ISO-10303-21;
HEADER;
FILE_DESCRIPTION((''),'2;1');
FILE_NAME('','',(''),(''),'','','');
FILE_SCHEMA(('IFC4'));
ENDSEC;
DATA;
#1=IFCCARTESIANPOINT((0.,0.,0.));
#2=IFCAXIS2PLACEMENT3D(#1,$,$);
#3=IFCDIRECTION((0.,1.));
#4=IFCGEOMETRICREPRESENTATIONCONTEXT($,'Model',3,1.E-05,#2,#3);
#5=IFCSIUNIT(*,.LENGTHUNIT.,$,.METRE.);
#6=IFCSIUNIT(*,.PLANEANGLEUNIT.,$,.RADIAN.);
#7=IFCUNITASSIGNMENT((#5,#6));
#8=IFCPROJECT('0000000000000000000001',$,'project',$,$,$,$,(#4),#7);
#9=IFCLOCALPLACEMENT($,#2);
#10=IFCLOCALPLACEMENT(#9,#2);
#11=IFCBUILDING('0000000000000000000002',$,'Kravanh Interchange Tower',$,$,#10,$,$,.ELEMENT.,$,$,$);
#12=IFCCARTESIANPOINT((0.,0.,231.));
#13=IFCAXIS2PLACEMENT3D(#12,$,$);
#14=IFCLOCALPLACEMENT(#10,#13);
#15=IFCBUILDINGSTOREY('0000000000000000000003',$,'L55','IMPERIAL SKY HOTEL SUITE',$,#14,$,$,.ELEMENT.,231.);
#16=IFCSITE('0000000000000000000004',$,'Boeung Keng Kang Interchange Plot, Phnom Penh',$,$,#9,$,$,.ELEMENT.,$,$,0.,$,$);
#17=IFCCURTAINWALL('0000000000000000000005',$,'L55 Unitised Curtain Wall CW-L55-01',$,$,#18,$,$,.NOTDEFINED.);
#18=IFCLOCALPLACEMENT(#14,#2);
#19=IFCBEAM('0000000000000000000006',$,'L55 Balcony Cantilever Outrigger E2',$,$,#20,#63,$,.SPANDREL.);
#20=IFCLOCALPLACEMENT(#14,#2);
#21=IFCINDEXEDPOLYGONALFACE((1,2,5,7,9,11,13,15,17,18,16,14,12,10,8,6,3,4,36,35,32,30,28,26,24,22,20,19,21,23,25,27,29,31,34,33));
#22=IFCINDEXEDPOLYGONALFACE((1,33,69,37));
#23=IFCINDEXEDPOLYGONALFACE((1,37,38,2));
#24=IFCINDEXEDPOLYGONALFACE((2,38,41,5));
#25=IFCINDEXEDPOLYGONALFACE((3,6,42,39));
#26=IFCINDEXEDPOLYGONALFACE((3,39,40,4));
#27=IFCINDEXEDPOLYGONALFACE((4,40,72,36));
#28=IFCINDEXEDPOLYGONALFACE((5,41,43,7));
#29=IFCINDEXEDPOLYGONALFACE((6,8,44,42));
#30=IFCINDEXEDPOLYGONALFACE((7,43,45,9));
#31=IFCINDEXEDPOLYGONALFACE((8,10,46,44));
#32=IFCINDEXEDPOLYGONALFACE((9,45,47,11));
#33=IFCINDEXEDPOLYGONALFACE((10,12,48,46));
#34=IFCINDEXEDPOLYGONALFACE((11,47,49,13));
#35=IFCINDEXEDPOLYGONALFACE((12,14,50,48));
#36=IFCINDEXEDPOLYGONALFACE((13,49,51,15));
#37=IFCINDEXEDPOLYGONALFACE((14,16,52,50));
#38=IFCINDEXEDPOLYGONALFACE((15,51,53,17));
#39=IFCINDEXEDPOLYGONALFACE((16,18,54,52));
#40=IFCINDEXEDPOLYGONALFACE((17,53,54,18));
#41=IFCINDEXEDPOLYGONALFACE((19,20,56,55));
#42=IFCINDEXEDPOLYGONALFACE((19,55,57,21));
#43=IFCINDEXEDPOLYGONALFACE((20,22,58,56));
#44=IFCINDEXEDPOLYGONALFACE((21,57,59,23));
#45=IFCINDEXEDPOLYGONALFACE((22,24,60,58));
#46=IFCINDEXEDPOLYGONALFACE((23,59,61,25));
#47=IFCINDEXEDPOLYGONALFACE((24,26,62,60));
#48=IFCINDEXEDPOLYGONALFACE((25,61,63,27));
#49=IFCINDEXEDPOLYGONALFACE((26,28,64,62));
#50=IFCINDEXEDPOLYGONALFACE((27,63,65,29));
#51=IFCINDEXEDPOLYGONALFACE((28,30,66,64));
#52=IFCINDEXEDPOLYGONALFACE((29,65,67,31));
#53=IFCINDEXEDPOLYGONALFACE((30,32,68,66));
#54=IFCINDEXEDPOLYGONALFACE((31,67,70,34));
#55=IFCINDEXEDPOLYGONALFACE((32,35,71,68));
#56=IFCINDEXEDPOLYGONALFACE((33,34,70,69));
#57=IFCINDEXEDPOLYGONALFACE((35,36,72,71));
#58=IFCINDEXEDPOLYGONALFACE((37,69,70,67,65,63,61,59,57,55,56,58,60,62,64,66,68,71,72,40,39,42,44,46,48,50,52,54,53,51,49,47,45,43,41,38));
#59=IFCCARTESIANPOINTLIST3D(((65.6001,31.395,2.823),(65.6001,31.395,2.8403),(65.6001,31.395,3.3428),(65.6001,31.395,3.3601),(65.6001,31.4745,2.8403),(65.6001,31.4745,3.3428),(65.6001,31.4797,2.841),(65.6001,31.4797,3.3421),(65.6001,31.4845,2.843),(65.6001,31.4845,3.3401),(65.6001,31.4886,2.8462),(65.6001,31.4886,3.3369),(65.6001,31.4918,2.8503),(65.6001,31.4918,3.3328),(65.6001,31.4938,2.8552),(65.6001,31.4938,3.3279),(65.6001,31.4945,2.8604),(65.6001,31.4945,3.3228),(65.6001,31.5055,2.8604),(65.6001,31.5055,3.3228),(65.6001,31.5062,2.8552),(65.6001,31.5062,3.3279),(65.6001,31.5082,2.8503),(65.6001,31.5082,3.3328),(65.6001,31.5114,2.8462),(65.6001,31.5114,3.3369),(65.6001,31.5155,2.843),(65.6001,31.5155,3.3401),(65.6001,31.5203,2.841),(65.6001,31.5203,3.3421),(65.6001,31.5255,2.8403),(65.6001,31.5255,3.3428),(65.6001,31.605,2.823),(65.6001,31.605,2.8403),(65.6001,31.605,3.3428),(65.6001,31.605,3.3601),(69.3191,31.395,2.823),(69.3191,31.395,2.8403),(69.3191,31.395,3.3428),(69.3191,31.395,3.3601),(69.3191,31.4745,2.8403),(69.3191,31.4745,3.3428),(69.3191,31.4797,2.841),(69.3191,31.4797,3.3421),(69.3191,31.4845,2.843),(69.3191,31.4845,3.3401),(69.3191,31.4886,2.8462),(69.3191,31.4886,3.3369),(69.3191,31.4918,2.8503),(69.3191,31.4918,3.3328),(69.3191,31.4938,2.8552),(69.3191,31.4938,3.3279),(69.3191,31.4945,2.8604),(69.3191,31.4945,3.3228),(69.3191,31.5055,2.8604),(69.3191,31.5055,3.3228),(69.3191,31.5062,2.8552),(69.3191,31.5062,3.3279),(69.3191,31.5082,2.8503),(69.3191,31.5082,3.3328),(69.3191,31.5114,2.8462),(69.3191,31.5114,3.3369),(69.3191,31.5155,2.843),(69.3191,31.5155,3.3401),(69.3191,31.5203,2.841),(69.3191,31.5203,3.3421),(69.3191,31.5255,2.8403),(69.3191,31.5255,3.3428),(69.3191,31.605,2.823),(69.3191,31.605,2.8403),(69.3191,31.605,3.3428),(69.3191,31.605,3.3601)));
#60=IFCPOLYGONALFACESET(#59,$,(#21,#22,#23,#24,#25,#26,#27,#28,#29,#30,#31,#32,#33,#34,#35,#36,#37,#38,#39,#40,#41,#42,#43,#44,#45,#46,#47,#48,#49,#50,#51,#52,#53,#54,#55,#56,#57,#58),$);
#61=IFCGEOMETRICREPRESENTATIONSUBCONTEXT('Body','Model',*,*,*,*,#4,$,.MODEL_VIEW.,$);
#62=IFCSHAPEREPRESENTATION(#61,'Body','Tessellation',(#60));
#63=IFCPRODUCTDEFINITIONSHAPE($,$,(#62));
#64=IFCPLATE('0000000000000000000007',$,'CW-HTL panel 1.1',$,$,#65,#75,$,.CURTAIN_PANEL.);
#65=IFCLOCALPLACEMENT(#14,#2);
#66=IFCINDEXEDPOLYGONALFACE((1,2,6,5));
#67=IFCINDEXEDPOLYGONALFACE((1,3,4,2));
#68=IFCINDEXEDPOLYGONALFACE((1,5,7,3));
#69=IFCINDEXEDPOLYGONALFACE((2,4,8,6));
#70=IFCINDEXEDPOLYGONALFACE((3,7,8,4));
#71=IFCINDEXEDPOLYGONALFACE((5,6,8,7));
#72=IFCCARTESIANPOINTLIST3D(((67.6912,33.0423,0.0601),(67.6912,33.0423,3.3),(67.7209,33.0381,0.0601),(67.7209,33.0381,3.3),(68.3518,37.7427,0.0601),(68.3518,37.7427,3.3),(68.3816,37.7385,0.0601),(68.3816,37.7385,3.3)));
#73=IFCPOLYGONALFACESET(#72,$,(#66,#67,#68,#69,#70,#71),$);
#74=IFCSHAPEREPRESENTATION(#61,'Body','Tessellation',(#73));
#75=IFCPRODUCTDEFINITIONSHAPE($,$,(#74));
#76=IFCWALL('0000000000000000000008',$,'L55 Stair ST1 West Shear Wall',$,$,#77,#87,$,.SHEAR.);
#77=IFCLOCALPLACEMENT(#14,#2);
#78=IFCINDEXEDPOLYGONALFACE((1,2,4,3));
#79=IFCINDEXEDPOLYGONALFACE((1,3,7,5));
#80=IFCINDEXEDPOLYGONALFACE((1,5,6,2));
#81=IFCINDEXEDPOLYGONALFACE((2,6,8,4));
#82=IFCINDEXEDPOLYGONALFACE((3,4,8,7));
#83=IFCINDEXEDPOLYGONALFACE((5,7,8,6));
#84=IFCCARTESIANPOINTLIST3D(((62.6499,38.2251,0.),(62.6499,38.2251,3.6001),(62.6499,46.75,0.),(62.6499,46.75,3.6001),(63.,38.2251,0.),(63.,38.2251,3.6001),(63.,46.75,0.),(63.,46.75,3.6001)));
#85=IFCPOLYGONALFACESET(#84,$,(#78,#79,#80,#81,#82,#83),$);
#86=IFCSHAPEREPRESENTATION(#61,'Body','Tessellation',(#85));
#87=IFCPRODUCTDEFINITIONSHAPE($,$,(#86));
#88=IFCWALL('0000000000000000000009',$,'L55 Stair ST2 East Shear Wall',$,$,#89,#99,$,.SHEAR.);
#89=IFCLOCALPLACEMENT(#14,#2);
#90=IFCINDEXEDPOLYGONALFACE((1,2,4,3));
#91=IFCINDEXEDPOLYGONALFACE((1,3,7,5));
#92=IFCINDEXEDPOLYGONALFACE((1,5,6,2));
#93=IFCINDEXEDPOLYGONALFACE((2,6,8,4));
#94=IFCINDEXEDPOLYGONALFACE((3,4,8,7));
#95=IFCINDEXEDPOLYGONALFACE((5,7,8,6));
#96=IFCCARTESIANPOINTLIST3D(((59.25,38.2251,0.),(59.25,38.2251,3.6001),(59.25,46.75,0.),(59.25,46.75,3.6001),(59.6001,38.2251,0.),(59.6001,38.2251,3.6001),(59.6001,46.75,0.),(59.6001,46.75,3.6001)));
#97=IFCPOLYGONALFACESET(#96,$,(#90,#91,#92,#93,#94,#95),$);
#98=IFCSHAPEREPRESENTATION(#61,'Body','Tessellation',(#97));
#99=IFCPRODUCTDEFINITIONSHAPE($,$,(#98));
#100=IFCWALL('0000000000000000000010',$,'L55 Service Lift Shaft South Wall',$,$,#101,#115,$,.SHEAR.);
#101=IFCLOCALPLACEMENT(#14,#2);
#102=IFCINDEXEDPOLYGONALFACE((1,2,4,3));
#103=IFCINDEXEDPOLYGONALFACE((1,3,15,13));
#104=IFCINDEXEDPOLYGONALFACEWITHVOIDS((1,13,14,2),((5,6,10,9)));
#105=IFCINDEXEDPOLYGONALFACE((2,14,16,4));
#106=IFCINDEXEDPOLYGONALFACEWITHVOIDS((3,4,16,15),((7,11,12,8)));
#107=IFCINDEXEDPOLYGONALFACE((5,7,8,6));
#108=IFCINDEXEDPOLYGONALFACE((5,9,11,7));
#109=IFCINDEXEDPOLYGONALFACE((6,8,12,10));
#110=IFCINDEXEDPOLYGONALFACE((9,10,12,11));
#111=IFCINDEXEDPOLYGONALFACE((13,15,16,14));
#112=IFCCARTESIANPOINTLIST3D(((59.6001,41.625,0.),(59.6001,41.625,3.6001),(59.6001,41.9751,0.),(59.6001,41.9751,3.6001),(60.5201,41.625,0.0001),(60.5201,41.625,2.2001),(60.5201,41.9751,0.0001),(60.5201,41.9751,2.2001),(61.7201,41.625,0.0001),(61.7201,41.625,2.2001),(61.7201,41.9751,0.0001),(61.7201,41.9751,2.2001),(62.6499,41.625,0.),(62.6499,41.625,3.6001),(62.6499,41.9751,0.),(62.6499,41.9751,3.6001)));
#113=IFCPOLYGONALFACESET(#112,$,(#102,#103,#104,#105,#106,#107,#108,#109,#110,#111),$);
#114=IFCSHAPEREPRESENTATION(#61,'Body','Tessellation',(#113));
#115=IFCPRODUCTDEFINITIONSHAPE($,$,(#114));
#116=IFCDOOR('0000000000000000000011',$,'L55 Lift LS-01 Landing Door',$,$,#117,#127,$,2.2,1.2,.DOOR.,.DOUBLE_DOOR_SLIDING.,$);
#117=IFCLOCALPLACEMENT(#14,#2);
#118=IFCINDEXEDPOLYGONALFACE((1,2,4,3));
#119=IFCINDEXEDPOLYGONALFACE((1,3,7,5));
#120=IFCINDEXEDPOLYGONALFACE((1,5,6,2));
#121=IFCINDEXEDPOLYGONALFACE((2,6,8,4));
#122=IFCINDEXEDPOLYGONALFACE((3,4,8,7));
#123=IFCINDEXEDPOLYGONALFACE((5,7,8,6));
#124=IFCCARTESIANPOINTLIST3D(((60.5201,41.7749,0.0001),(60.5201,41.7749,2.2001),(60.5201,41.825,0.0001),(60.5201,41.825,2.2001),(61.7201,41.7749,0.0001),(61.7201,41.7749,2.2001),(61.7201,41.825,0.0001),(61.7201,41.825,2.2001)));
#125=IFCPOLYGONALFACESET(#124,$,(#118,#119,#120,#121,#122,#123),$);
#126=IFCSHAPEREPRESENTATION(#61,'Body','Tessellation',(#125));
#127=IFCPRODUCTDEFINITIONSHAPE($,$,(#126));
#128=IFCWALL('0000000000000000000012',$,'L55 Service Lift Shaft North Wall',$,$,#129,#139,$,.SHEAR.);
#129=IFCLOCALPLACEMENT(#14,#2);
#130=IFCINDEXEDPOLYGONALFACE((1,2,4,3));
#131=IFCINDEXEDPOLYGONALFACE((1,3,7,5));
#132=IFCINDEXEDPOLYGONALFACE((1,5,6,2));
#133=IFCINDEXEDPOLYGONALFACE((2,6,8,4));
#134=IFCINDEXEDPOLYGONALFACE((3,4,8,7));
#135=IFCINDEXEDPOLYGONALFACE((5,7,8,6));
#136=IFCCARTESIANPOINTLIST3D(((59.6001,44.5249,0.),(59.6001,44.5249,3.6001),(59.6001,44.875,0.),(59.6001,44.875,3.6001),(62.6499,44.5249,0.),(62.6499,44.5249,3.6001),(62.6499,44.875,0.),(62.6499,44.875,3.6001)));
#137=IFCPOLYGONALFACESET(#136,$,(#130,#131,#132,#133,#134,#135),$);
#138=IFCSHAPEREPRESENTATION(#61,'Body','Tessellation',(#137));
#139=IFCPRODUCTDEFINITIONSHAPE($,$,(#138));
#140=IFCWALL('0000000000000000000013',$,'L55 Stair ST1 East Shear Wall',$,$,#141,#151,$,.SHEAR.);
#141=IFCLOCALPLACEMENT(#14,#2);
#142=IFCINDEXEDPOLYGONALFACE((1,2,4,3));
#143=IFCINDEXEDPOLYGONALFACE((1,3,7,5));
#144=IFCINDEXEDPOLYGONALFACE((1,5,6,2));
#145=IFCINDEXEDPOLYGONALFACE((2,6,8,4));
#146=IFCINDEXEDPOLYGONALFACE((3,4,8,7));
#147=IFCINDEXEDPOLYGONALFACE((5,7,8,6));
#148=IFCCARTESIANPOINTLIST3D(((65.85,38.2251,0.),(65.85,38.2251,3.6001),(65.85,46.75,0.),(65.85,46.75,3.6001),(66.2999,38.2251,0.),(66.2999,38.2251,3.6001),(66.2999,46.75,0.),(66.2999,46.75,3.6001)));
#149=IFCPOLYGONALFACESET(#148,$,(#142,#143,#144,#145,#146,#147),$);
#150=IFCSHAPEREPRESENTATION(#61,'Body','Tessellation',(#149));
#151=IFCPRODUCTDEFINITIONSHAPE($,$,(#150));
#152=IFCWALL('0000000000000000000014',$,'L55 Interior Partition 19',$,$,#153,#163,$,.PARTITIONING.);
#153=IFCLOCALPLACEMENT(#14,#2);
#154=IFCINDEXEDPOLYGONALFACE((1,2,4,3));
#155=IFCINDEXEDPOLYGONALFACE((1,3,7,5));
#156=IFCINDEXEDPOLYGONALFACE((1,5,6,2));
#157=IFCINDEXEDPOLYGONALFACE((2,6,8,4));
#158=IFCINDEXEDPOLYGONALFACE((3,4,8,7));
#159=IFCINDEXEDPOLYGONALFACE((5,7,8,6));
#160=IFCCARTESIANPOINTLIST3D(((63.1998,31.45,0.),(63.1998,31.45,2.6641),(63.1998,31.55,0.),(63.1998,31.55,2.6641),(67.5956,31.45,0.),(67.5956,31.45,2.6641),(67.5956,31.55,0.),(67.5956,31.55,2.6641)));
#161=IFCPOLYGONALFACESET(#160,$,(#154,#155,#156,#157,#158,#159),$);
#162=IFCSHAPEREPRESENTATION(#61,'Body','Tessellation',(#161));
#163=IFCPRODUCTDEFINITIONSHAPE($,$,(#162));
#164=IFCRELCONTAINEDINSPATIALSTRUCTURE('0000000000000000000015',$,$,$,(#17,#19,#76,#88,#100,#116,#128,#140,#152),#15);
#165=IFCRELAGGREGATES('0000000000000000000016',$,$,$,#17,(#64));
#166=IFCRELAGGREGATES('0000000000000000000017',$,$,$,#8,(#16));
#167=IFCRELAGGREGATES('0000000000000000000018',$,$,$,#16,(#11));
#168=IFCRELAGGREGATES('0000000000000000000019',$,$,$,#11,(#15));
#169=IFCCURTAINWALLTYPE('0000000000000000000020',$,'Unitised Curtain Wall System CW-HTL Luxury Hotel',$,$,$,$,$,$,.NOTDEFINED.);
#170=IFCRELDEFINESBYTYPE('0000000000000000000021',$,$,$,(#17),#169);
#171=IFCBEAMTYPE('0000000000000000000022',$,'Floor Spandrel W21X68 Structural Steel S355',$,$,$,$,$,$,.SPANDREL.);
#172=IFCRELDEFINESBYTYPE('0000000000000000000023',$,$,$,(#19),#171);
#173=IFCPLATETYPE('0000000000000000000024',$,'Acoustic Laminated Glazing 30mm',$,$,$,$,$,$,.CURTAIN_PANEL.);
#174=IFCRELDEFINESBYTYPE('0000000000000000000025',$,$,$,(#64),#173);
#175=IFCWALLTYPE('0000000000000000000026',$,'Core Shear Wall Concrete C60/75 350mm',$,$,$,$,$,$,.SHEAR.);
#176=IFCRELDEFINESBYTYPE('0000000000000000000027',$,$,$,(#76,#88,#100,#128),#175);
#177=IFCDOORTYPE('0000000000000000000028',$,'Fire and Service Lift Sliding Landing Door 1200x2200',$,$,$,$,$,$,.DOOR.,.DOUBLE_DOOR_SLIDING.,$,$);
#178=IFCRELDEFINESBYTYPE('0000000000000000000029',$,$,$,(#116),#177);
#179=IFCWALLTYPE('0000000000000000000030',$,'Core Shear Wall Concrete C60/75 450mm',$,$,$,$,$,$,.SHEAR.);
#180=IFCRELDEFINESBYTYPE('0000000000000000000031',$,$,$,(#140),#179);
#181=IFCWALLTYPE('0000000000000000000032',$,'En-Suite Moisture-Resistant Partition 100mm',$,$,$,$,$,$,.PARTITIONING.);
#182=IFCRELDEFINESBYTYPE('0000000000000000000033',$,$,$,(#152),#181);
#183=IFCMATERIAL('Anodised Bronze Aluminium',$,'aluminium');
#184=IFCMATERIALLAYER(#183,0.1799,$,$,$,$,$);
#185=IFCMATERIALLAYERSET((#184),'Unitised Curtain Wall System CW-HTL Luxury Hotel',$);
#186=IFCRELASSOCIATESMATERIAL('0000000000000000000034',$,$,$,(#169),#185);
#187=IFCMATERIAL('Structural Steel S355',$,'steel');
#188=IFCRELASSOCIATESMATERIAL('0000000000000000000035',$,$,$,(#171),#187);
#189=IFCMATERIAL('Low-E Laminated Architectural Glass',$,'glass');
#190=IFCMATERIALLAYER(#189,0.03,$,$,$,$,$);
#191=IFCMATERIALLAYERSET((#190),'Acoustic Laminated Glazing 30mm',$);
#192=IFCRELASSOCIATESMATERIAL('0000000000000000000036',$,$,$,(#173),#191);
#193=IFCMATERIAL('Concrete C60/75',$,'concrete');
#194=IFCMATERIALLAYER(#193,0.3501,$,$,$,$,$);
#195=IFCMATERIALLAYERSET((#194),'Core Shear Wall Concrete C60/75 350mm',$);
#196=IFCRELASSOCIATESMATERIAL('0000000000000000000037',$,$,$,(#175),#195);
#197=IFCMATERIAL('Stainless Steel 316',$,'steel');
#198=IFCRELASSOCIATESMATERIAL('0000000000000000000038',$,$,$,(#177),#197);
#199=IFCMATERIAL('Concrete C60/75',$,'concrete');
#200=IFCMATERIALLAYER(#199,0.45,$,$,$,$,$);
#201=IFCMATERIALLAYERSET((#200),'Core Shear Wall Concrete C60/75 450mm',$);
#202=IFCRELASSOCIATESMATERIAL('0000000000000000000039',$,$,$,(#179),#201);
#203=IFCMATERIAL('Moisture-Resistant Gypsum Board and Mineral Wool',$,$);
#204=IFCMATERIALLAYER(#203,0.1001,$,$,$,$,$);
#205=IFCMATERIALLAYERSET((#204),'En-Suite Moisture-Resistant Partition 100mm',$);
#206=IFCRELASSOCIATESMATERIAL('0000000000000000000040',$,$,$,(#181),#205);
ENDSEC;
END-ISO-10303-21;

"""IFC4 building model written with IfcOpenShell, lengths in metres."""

from ifc_helpers import new_model, si_unit, direction, frame, frame_2d, origin, origin_2d, place, context, subcontext, project, spatial, rectangle, i_section, extrude, material, layer, layer_set, material_profile, profile_set, type_object, element, fill, aggregate, save


model = new_model("IFC4")

# Units and contexts
model_context = context("Model", 3, precision=1e-05, world=origin(), true_north=direction((0.0, 1.0)))
body_context = subcontext(model_context, "Body", "Model", "MODEL_VIEW")
ifc_project = project(units=[si_unit("LENGTHUNIT", "METRE"), si_unit("PLANEANGLEUNIT", "RADIAN")], contexts=[model_context])

# Site, building, storey
site_placement = place(None, origin())
site = spatial("IfcSite", under=ifc_project, at=site_placement, Name="Boeung Keng Kang Interchange Plot, Phnom Penh", CompositionType="ELEMENT", RefElevation=0.0)
building_placement = place(site_placement, origin())
building = spatial("IfcBuilding", under=site, at=building_placement, Name="Kravanh Interchange Tower", CompositionType="ELEMENT")
storey_placement = place(building_placement, frame((0.0, 0.0, 231.0)))
storey = spatial("IfcBuildingStorey", under=building, at=storey_placement, Name="L55", Description="IMPERIAL SKY HOTEL SUITE", CompositionType="ELEMENT", Elevation=231.0)

# Curtain wall
ifc_material_1 = material(Name="Anodised Bronze Aluminium", Category="aluminium")
ifc_layer_1 = layer(ifc_material_1, 0.1799)
ifc_layer_set_1 = layer_set([ifc_layer_1], Name="Unitised Curtain Wall System CW-HTL Luxury Hotel")
curtain_wall_type = type_object("IfcCurtainWallType", Name="Unitised Curtain Wall System CW-HTL Luxury Hotel", PredefinedType="NOTDEFINED", material=ifc_layer_set_1)
curtain_wall_placement = place(storey_placement, origin())
curtain_wall = element("IfcCurtainWall", 1, at=curtain_wall_placement, inside=storey, type_object=curtain_wall_type, Name="L55 Unitised Curtain Wall CW-L55-01", PredefinedType="NOTDEFINED")

# Beam
ifc_material_2 = material(Name="Structural Steel S355", Category="steel")
ifc_material_profile_1 = material_profile(ifc_material_2, i_section(OverallWidth=0.21, OverallDepth=0.5371, WebThickness=0.011, FlangeThickness=0.0173, FilletRadius=0.02, at=origin_2d()), Name="W21X68")
ifc_profile_set_1 = profile_set([ifc_material_profile_1], Name="Structural Steel S355")
beam_type_1 = type_object("IfcBeamType", Name="Floor Spandrel W21X68 Structural Steel S355", PredefinedType="SPANDREL", material=ifc_profile_set_1)
beam_1_placement = place(storey_placement, frame((65.6001, 31.5, 3.0916), z_axis=(1.0, 0.0, 0.0), x_axis=(0.0, 1.0, 0.0)))
element("IfcBeam", 2, at=beam_1_placement, inside=storey, type_object=beam_type_1, Name="L55 Balcony Cantilever Outrigger E2", PredefinedType="SPANDREL", context=body_context, shape_type="SweptSolid", body=[
    extrude(i_section(OverallWidth=0.21, OverallDepth=0.5371, WebThickness=0.011, FlangeThickness=0.0173, FilletRadius=0.02, at=origin_2d()), origin(), (0.0, 0.0, 1.0), 3.719),
])

# Plate
ifc_material_3 = material(Name="Low-E Laminated Architectural Glass", Category="glass")
ifc_layer_2 = layer(ifc_material_3, 0.03)
ifc_layer_set_2 = layer_set([ifc_layer_2], Name="Acoustic Laminated Glazing 30mm")
plate_type = type_object("IfcPlateType", Name="Acoustic Laminated Glazing 30mm", PredefinedType="CURTAIN_PANEL", material=ifc_layer_set_2)
plate_placement = place(storey_placement, frame((68.0364, 35.3904, 0.0601), z_axis=(0.0, 0.0, 1.0), x_axis=(-0.139176, -0.990268, 0.0)))
plate = element("IfcPlate", 3, at=plate_placement, type_object=plate_type, Name="CW-HTL panel 1.1", PredefinedType="CURTAIN_PANEL", context=body_context, shape_type="SweptSolid", body=[
    extrude(rectangle(XDim=4.7466, YDim=0.03, at=origin_2d()), origin(), (0.0, 0.0, 1.0), 3.24),
])
aggregate(curtain_wall, [plate])

# Walls
ifc_material_4 = material(Name="Concrete C60/75", Category="concrete")
ifc_layer_3 = layer(ifc_material_4, 0.3501)
ifc_layer_set_3 = layer_set([ifc_layer_3], Name="Core Shear Wall Concrete C60/75 350mm")
wall_type_1 = type_object("IfcWallType", Name="Core Shear Wall Concrete C60/75 350mm", PredefinedType="SHEAR", material=ifc_layer_set_3)
for number, where, z_axis, x_axis, name in (
    (4, (62.825, 38.2251, 0.0), (0.0, 0.0, 1.0), (0.0, 1.0, 0.0), "L55 Stair ST1 West Shear Wall"),
    (5, (59.425, 38.2251, 0.0), (0.0, 0.0, 1.0), (0.0, 1.0, 0.0), "L55 Stair ST2 East Shear Wall"),
):
    element("IfcWall", number, at=place(storey_placement, frame(where, z_axis=z_axis, x_axis=x_axis)), inside=storey, type_object=wall_type_1, Name=name, PredefinedType="SHEAR", context=body_context, shape_type="SweptSolid", body=[
        extrude(rectangle(XDim=8.5249, YDim=0.3501, at=frame_2d((4.2625, 0.0))), origin(), (0.0, 0.0, 1.0), 3.6001),
    ])

# Wall, opening, door
wall_1_placement = place(storey_placement, frame((59.6001, 41.8, 0.0), z_axis=(0.0, 0.0, 1.0), x_axis=(1.0, 0.0, 0.0)))
wall_1 = element("IfcWall", 6, at=wall_1_placement, inside=storey, type_object=wall_type_1, Name="L55 Service Lift Shaft South Wall", PredefinedType="SHEAR", context=body_context, shape_type="SweptSolid", body=[
    extrude(rectangle(XDim=3.0498, YDim=0.3501, at=frame_2d((1.5249, 0.0))), origin(), (0.0, 0.0, 1.0), 3.6001),
])
opening_1_placement = place(wall_1_placement, frame((0.9199, 0.0, 0.0)))
opening_1 = element("IfcOpeningElement", 7, at=opening_1_placement, cuts=wall_1, PredefinedType="OPENING", context=body_context, shape_type="SweptSolid", body=[
    extrude(rectangle(XDim=1.2, YDim=2.2, at=frame_2d((0.6001, 1.1001))), frame((0.0, 0.1851, 0.0), z_axis=(0.0, -1.0, 0.0), x_axis=(1.0, 0.0, 0.0)), (0.0, 0.0, 1.0), 0.3701),
])
ifc_material_5 = material(Name="Stainless Steel 316", Category="steel")
door_type_1 = type_object("IfcDoorType", Name="Fire and Service Lift Sliding Landing Door 1200x2200", OperationType="DOUBLE_DOOR_SLIDING", PredefinedType="DOOR", material=ifc_material_5)
door_1_placement = place(opening_1_placement, origin())
door_1 = element("IfcDoor", 8, at=door_1_placement, inside=storey, type_object=door_type_1, Name="L55 Lift LS-01 Landing Door", OperationType="DOUBLE_DOOR_SLIDING", OverallHeight=2.2, OverallWidth=1.2, PredefinedType="DOOR", context=body_context, shape_type="SweptSolid", body=[
    extrude(rectangle(XDim=1.2, YDim=2.2, at=frame_2d((0.6001, 1.1001))), frame((0.0, 0.0249, 0.0), z_axis=(0.0, -1.0, 0.0), x_axis=(1.0, 0.0, 0.0)), (0.0, 0.0, 1.0), 0.05),
])
fill(opening_1, door_1)

# Walls
wall_2_placement = place(storey_placement, frame((59.6001, 44.7, 0.0), z_axis=(0.0, 0.0, 1.0), x_axis=(1.0, 0.0, 0.0)))
element("IfcWall", 9, at=wall_2_placement, inside=storey, type_object=wall_type_1, Name="L55 Service Lift Shaft North Wall", PredefinedType="SHEAR", context=body_context, shape_type="SweptSolid", body=[
    extrude(rectangle(XDim=3.0498, YDim=0.3501, at=frame_2d((1.5249, 0.0))), origin(), (0.0, 0.0, 1.0), 3.6001),
])
ifc_material_6 = material(Name="Concrete C60/75", Category="concrete")
ifc_layer_4 = layer(ifc_material_6, 0.45)
ifc_layer_set_4 = layer_set([ifc_layer_4], Name="Core Shear Wall Concrete C60/75 450mm")
wall_type_2 = type_object("IfcWallType", Name="Core Shear Wall Concrete C60/75 450mm", PredefinedType="SHEAR", material=ifc_layer_set_4)
wall_3_placement = place(storey_placement, frame((66.075, 38.2251, 0.0), z_axis=(0.0, 0.0, 1.0), x_axis=(0.0, 1.0, 0.0)))
element("IfcWall", 10, at=wall_3_placement, inside=storey, type_object=wall_type_2, Name="L55 Stair ST1 East Shear Wall", PredefinedType="SHEAR", context=body_context, shape_type="SweptSolid", body=[
    extrude(rectangle(XDim=8.5249, YDim=0.45, at=frame_2d((4.2625, 0.0))), origin(), (0.0, 0.0, 1.0), 3.6001),
])
ifc_material_7 = material(Name="Moisture-Resistant Gypsum Board and Mineral Wool")
ifc_layer_5 = layer(ifc_material_7, 0.1001)
ifc_layer_set_5 = layer_set([ifc_layer_5], Name="En-Suite Moisture-Resistant Partition 100mm")
wall_type_3 = type_object("IfcWallType", Name="En-Suite Moisture-Resistant Partition 100mm", PredefinedType="PARTITIONING", material=ifc_layer_set_5)
wall_4_placement = place(storey_placement, frame((63.2, 31.5, 0.0), z_axis=(0.0, 0.0, 1.0), x_axis=(1.0, 0.0, 0.0)))
element("IfcWall", 11, at=wall_4_placement, inside=storey, type_object=wall_type_3, Name="L55 Interior Partition 19", PredefinedType="PARTITIONING", context=body_context, shape_type="SweptSolid", body=[
    extrude(rectangle(XDim=4.3958, YDim=0.1001, at=frame_2d((2.1978, 0.0))), origin(), (0.0, 0.0, 1.0), 2.6641),
])

save(model, "model.ifc")
